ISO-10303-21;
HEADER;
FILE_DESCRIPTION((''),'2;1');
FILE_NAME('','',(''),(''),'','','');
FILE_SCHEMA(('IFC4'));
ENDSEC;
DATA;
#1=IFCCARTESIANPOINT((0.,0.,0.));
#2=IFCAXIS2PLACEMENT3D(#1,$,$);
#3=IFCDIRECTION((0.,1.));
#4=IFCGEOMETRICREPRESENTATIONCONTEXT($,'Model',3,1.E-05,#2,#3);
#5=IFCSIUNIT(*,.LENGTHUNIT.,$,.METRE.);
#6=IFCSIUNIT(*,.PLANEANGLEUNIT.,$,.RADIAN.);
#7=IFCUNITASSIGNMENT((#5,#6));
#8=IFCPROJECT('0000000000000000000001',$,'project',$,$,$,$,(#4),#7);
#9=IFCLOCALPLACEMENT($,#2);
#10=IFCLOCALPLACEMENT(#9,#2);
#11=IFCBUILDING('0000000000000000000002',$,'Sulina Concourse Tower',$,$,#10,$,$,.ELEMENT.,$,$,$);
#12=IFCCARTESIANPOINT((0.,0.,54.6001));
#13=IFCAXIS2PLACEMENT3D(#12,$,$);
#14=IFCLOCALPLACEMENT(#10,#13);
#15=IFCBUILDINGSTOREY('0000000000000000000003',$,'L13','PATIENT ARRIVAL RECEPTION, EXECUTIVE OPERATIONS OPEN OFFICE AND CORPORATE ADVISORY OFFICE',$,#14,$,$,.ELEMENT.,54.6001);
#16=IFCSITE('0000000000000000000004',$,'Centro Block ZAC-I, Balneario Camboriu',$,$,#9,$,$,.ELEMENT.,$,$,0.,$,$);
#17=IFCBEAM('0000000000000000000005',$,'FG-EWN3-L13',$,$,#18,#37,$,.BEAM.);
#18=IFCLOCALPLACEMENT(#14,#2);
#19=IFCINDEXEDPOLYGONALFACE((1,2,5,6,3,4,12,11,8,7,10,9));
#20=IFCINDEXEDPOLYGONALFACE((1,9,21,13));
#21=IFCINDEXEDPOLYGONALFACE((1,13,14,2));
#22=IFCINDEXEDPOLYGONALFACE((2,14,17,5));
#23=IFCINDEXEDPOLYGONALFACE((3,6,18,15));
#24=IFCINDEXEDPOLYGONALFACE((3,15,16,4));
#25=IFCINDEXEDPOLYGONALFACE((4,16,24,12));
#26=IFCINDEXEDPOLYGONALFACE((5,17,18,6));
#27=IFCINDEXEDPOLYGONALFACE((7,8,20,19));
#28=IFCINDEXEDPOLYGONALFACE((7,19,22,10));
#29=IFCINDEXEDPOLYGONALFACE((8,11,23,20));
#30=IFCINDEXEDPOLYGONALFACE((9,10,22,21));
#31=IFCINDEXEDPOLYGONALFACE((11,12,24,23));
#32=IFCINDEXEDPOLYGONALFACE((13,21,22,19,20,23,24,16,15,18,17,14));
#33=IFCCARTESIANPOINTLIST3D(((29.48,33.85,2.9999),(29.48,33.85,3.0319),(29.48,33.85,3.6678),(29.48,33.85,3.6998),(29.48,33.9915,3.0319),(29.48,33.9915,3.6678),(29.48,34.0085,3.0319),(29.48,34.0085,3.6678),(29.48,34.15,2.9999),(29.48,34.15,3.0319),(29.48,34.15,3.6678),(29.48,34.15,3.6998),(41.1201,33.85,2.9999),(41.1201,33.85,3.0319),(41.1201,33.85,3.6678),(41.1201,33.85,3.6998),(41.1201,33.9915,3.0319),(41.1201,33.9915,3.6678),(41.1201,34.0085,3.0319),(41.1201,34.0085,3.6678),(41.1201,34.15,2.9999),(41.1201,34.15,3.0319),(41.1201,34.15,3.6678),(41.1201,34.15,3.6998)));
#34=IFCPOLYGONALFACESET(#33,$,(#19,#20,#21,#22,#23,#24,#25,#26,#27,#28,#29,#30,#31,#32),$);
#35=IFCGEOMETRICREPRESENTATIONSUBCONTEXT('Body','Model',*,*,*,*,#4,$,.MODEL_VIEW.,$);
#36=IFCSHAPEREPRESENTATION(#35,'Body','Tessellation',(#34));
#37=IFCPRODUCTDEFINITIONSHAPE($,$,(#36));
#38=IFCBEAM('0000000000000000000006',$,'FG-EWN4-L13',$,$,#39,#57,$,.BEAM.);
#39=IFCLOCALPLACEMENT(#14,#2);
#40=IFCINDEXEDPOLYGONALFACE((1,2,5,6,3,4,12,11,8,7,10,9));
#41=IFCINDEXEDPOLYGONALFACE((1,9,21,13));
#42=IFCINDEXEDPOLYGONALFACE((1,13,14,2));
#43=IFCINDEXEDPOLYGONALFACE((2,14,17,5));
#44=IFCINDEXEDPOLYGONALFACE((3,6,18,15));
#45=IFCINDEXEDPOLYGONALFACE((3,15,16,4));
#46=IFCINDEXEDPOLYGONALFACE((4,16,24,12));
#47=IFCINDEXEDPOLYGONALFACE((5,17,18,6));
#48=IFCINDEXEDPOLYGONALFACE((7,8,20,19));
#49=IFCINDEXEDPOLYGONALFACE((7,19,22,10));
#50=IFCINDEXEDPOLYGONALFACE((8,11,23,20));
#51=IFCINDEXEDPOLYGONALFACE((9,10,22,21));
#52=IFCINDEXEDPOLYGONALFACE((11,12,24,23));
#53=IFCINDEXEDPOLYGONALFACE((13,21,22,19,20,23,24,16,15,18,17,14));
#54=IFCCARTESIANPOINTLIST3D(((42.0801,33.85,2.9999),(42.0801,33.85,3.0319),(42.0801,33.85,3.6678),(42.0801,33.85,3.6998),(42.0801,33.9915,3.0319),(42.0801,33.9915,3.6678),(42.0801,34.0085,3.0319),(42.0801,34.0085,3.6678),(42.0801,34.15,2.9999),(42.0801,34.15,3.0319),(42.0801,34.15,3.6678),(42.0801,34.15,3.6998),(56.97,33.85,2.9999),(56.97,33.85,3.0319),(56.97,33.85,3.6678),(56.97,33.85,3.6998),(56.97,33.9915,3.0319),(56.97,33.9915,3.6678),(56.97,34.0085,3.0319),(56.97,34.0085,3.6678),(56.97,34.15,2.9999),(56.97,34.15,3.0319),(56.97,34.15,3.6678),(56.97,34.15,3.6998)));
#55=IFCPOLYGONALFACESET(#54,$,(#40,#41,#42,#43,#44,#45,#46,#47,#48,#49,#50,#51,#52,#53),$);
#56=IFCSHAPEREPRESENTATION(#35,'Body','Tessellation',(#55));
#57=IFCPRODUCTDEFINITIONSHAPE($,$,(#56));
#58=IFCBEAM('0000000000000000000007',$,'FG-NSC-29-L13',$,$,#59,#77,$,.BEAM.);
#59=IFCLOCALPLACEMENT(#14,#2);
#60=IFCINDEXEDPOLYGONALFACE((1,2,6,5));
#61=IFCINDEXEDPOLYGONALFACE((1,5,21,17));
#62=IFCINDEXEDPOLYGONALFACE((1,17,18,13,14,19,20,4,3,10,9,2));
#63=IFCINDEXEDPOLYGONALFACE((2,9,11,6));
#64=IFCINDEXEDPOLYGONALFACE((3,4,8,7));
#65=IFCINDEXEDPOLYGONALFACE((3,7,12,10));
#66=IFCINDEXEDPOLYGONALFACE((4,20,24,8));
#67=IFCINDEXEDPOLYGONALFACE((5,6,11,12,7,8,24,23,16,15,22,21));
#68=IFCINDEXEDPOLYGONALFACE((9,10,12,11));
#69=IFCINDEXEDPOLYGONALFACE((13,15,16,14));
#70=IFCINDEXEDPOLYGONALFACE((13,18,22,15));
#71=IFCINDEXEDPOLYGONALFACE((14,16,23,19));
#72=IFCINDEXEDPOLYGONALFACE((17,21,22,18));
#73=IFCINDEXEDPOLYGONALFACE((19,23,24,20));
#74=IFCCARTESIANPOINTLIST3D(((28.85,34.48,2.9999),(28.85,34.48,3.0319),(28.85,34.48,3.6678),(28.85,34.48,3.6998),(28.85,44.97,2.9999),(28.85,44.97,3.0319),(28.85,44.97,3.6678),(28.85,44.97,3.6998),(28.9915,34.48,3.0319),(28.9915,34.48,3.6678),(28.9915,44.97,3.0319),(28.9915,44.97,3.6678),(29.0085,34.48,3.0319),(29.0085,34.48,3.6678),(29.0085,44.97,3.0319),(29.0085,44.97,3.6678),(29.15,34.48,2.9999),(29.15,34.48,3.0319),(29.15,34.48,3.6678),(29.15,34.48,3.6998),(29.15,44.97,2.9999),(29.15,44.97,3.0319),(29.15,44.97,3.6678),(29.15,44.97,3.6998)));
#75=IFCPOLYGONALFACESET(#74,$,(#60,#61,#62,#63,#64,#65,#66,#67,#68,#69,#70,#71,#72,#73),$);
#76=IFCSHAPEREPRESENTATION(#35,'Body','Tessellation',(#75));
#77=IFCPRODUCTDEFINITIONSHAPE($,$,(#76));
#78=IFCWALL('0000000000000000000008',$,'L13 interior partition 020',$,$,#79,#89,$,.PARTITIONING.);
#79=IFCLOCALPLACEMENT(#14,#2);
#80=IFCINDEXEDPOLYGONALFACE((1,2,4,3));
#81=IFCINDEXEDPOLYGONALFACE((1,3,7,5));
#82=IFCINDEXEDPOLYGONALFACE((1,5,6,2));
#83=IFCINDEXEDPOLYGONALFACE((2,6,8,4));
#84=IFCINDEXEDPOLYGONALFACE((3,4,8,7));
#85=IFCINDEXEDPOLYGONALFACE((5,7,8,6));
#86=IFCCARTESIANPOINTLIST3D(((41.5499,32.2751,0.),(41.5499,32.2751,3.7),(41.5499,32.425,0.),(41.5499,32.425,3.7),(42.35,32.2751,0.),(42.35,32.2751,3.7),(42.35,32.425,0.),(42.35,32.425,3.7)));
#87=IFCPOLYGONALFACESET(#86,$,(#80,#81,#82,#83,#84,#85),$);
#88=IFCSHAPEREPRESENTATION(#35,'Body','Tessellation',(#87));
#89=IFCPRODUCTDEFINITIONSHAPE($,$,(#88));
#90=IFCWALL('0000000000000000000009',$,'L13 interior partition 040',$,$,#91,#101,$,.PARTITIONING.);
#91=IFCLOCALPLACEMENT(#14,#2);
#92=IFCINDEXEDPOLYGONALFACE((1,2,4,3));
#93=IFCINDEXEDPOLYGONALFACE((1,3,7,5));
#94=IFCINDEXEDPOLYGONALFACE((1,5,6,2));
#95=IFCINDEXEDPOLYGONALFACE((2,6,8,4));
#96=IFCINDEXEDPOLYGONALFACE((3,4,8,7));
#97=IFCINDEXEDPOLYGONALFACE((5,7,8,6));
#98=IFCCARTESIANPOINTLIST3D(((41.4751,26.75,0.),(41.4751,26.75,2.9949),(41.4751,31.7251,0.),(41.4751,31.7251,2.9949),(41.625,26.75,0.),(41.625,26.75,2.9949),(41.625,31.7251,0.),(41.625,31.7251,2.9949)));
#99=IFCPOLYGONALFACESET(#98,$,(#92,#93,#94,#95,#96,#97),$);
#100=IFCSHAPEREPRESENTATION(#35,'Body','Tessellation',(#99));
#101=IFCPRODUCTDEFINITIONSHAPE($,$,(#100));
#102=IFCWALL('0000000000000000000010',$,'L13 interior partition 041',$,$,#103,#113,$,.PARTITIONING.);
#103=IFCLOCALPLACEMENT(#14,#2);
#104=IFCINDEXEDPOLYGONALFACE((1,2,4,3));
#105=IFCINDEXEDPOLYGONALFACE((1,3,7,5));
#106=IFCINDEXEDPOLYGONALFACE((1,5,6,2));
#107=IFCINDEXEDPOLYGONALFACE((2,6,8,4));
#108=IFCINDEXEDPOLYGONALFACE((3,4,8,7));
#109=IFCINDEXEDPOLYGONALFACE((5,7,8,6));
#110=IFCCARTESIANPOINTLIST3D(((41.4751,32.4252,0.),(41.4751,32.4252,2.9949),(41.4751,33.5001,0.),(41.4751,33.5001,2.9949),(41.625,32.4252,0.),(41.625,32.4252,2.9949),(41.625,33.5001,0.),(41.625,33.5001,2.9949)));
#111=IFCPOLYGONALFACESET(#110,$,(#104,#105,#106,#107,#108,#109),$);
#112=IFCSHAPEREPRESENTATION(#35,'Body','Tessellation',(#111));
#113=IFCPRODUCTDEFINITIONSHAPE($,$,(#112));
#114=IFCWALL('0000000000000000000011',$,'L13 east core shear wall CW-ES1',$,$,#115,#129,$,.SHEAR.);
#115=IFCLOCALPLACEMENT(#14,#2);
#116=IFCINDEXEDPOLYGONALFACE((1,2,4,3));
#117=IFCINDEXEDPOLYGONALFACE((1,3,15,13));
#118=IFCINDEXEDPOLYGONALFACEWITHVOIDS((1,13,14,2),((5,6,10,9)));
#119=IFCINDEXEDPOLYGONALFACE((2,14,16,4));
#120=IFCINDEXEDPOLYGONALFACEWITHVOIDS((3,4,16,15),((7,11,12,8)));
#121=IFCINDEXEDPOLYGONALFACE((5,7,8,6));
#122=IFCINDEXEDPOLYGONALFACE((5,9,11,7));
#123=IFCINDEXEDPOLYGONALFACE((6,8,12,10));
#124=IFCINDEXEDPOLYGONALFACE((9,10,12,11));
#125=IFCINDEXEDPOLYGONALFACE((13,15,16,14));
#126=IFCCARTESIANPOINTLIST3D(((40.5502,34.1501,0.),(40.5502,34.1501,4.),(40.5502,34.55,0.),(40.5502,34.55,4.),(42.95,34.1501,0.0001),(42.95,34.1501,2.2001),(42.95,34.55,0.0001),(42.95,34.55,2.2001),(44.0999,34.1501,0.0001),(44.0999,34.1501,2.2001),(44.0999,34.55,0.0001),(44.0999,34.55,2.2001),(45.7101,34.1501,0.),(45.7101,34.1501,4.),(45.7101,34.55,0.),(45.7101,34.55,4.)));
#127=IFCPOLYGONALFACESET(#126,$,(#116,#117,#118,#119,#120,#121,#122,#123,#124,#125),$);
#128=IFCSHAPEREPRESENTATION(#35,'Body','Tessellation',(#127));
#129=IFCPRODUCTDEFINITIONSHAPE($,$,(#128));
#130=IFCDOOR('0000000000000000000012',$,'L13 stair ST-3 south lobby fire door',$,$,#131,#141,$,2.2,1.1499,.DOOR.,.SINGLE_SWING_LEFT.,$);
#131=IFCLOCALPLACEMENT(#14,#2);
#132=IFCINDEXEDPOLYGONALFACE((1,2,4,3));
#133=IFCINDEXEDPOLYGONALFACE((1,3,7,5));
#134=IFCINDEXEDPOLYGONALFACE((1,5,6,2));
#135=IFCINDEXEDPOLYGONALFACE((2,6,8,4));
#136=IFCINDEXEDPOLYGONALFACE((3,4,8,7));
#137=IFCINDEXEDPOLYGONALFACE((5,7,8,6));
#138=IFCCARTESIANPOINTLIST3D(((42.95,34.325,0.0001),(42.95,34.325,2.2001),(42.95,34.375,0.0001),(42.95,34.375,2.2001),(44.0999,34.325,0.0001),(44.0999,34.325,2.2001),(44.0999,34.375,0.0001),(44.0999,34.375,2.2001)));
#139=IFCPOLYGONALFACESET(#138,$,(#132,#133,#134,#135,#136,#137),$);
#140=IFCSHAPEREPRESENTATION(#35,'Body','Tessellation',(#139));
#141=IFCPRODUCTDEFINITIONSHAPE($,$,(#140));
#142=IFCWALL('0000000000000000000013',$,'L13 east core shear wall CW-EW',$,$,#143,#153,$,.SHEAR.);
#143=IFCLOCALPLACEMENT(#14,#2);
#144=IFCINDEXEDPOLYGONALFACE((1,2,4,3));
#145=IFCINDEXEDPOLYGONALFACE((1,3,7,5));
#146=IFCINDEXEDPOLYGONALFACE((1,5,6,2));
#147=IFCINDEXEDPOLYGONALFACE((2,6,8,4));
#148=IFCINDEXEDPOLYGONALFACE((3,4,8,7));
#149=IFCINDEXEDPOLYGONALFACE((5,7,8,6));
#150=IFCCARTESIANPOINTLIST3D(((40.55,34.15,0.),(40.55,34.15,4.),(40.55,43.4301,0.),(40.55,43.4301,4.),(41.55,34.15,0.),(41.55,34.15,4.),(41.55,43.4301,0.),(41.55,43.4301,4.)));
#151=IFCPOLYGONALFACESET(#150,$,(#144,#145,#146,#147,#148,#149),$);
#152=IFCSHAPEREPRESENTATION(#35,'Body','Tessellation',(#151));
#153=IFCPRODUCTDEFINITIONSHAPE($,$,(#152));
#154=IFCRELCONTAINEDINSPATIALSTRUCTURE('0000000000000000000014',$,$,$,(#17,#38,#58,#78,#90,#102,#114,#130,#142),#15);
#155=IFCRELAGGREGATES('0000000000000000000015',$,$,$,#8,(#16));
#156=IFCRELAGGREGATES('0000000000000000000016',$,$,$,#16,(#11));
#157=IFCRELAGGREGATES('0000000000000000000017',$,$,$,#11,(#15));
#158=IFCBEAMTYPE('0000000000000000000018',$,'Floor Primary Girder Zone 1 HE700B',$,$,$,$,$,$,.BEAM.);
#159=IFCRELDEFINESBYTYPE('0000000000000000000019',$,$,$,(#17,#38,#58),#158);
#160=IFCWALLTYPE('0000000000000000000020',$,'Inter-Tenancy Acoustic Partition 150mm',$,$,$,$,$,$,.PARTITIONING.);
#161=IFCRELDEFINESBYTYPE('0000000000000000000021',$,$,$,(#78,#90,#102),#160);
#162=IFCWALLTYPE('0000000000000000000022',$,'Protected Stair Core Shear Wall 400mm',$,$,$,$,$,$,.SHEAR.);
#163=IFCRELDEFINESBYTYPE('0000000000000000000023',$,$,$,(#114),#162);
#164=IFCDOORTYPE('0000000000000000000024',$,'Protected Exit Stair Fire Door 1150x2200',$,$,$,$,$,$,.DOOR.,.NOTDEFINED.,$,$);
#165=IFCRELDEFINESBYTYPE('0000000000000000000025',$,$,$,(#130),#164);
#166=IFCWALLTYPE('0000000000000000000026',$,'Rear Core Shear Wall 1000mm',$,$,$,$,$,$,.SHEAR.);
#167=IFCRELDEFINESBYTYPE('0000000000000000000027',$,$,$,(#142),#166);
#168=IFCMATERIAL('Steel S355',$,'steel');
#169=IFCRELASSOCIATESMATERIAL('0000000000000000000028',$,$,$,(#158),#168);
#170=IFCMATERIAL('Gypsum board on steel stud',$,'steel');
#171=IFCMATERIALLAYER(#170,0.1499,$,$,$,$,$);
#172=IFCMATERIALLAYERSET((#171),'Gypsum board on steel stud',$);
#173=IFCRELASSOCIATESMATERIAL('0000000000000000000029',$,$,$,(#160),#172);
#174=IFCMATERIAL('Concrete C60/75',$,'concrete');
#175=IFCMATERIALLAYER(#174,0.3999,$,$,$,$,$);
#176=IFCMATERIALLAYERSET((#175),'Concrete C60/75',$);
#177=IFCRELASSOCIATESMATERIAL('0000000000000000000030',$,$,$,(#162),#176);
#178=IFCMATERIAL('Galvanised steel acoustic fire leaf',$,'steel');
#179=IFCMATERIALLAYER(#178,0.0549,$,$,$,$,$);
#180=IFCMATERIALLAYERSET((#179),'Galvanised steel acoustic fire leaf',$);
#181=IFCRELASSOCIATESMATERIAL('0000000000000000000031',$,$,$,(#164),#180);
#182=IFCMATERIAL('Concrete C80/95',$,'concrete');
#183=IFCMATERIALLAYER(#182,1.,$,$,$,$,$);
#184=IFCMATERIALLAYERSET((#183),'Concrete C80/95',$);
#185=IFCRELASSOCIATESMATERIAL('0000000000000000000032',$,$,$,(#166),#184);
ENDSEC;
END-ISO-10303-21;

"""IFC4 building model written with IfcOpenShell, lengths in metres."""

from ifc_helpers import new_model, si_unit, direction, frame, frame_2d, origin, origin_2d, place, context, subcontext, project, spatial, rectangle, i_section, extrude, material, layer, layer_set, material_profile, profile_set, type_object, element, fill, save


model = new_model("IFC4")

# Units and contexts
model_context = context("Model", 3, precision=1e-05, world=origin(), true_north=direction((0.0, 1.0)))
body_context = subcontext(model_context, "Body", "Model", "MODEL_VIEW")
ifc_project = project(units=[si_unit("LENGTHUNIT", "METRE"), si_unit("PLANEANGLEUNIT", "RADIAN")], contexts=[model_context])

# Site, building, storey
site_placement = place(None, origin())
site = spatial("IfcSite", under=ifc_project, at=site_placement, Name="Centro Block ZAC-I, Balneario Camboriu", CompositionType="ELEMENT", RefElevation=0.0)
building_placement = place(site_placement, origin())
building = spatial("IfcBuilding", under=site, at=building_placement, Name="Sulina Concourse Tower", CompositionType="ELEMENT")
storey_placement = place(building_placement, frame((0.0, 0.0, 54.6001)))
storey = spatial("IfcBuildingStorey", under=building, at=storey_placement, Name="L13", Description="PATIENT ARRIVAL RECEPTION, EXECUTIVE OPERATIONS OPEN OFFICE AND CORPORATE ADVISORY OFFICE", CompositionType="ELEMENT", Elevation=54.6001)

# Beams
ifc_material_1 = material(Name="Steel S355", Category="steel")
ifc_material_profile_1 = material_profile(ifc_material_1, i_section(OverallWidth=0.3, OverallDepth=0.7, WebThickness=0.0171, FlangeThickness=0.032, at=origin_2d()), Name="HE 700 B")
ifc_profile_set_1 = profile_set([ifc_material_profile_1], Name="Steel S355")
beam_type_1 = type_object("IfcBeamType", Name="Floor Primary Girder Zone 1 HE700B", PredefinedType="BEAM", material=ifc_profile_set_1)
beam_1_placement = place(storey_placement, frame((29.48, 34.0, 3.3499), z_axis=(1.0, 0.0, 0.0), x_axis=(0.0, 1.0, 0.0)))
element("IfcBeam", 1, at=beam_1_placement, inside=storey, type_object=beam_type_1, Name="FG-EWN3-L13", PredefinedType="BEAM", context=body_context, shape_type="SweptSolid", body=[
    extrude(i_section(OverallWidth=0.3, OverallDepth=0.7, WebThickness=0.0171, FlangeThickness=0.032, at=origin_2d()), origin(), (0.0, 0.0, 1.0), 11.6401),
])
beam_2_placement = place(storey_placement, frame((42.0801, 34.0, 3.3499), z_axis=(1.0, 0.0, 0.0), x_axis=(0.0, 1.0, 0.0)))
element("IfcBeam", 2, at=beam_2_placement, inside=storey, type_object=beam_type_1, Name="FG-EWN4-L13", PredefinedType="BEAM", context=body_context, shape_type="SweptSolid", body=[
    extrude(i_section(OverallWidth=0.3, OverallDepth=0.7, WebThickness=0.0171, FlangeThickness=0.032, at=origin_2d()), origin(), (0.0, 0.0, 1.0), 14.8899),
])
beam_3_placement = place(storey_placement, frame((29.0, 34.48, 3.3499), z_axis=(0.0, 1.0, 0.0), x_axis=(-1.0, 0.0, 0.0)))
element("IfcBeam", 3, at=beam_3_placement, inside=storey, type_object=beam_type_1, Name="FG-NSC-29-L13", PredefinedType="BEAM", context=body_context, shape_type="SweptSolid", body=[
    extrude(i_section(OverallWidth=0.3, OverallDepth=0.7, WebThickness=0.0171, FlangeThickness=0.032, at=origin_2d()), origin(), (0.0, 0.0, 1.0), 10.49),
])

# Walls
ifc_material_2 = material(Name="Gypsum board on steel stud", Category="steel")
ifc_layer_1 = layer(ifc_material_2, 0.1499)
ifc_layer_set_1 = layer_set([ifc_layer_1], Name="Gypsum board on steel stud")
wall_type_1 = type_object("IfcWallType", Name="Inter-Tenancy Acoustic Partition 150mm", PredefinedType="PARTITIONING", material=ifc_layer_set_1)
wall_1_placement = place(storey_placement, frame((41.55, 32.3501, 0.0), z_axis=(0.0, 0.0, 1.0), x_axis=(1.0, 0.0, 0.0)))
element("IfcWall", 4, at=wall_1_placement, inside=storey, type_object=wall_type_1, Name="L13 interior partition 020", PredefinedType="PARTITIONING", context=body_context, shape_type="SweptSolid", body=[
    extrude(rectangle(XDim=0.8, YDim=0.1499, at=frame_2d((0.3999, 0.0))), origin(), (0.0, 0.0, 1.0), 3.7),
])
wall_2_placement = place(storey_placement, frame((41.55, 26.75, 0.0), z_axis=(0.0, 0.0, 1.0), x_axis=(0.0, 1.0, 0.0)))
element("IfcWall", 5, at=wall_2_placement, inside=storey, type_object=wall_type_1, Name="L13 interior partition 040", PredefinedType="PARTITIONING", context=body_context, shape_type="SweptSolid", body=[
    extrude(rectangle(XDim=4.9751, YDim=0.1499, at=frame_2d((2.4875, 0.0))), origin(), (0.0, 0.0, 1.0), 2.9949),
])
wall_3_placement = place(storey_placement, frame((41.55, 32.425, 0.0), z_axis=(0.0, 0.0, 1.0), x_axis=(0.0, 1.0, 0.0)))
element("IfcWall", 6, at=wall_3_placement, inside=storey, type_object=wall_type_1, Name="L13 interior partition 041", PredefinedType="PARTITIONING", context=body_context, shape_type="SweptSolid", body=[
    extrude(rectangle(XDim=1.075, YDim=0.1499, at=frame_2d((0.5376, 0.0))), origin(), (0.0, 0.0, 1.0), 2.9949),
])

# Wall, opening, door
ifc_material_3 = material(Name="Concrete C60/75", Category="concrete")
ifc_layer_2 = layer(ifc_material_3, 0.3999)
ifc_layer_set_2 = layer_set([ifc_layer_2], Name="Concrete C60/75")
wall_type_2 = type_object("IfcWallType", Name="Protected Stair Core Shear Wall 400mm", PredefinedType="SHEAR", material=ifc_layer_set_2)
wall_4_placement = place(storey_placement, frame((40.55, 34.3501, 0.0), z_axis=(0.0, 0.0, 1.0), x_axis=(1.0, 0.0, 0.0)))
wall_4 = element("IfcWall", 7, at=wall_4_placement, inside=storey, type_object=wall_type_2, Name="L13 east core shear wall CW-ES1", PredefinedType="SHEAR", context=body_context, shape_type="SweptSolid", body=[
    extrude(rectangle(XDim=5.1599, YDim=0.3999, at=frame_2d((2.5801, 0.0))), origin(), (0.0, 0.0, 1.0), 4.0),
])
opening_placement = place(wall_4_placement, frame((2.3999, 0.0, 0.0)))
opening = element("IfcOpeningElement", 8, at=opening_placement, cuts=wall_4, PredefinedType="OPENING", context=body_context, shape_type="SweptSolid", body=[
    extrude(rectangle(XDim=1.1499, YDim=2.2, at=frame_2d((0.575, 1.1001))), frame((0.0, 0.21, 0.0), z_axis=(0.0, -1.0, 0.0), x_axis=(1.0, 0.0, 0.0)), (0.0, 0.0, 1.0), 0.4199),
])
ifc_material_4 = material(Name="Galvanised steel acoustic fire leaf", Category="steel")
ifc_layer_3 = layer(ifc_material_4, 0.0549)
ifc_layer_set_3 = layer_set([ifc_layer_3], Name="Galvanised steel acoustic fire leaf")
door_type = type_object("IfcDoorType", Name="Protected Exit Stair Fire Door 1150x2200", OperationType="NOTDEFINED", PredefinedType="DOOR", material=ifc_layer_set_3)
door_placement = place(opening_placement, origin())
door = element("IfcDoor", 9, at=door_placement, inside=storey, type_object=door_type, Name="L13 stair ST-3 south lobby fire door", OperationType="SINGLE_SWING_LEFT", OverallHeight=2.2, OverallWidth=1.1499, PredefinedType="DOOR", context=body_context, shape_type="SweptSolid", body=[
    extrude(rectangle(XDim=1.1499, YDim=2.2, at=frame_2d((0.575, 1.1001))), frame((0.0, 0.0249, 0.0), z_axis=(0.0, -1.0, 0.0), x_axis=(1.0, 0.0, 0.0)), (0.0, 0.0, 1.0), 0.05),
])
fill(opening, door)

# Wall
ifc_material_5 = material(Name="Concrete C80/95", Category="concrete")
ifc_layer_4 = layer(ifc_material_5, 1.0)
ifc_layer_set_4 = layer_set([ifc_layer_4], Name="Concrete C80/95")
wall_type_3 = type_object("IfcWallType", Name="Rear Core Shear Wall 1000mm", PredefinedType="SHEAR", material=ifc_layer_set_4)
wall_5_placement = place(storey_placement, frame((41.05, 34.1499, 0.0), z_axis=(0.0, 0.0, 1.0), x_axis=(0.0, 1.0, 0.0)))
element("IfcWall", 10, at=wall_5_placement, inside=storey, type_object=wall_type_3, Name="L13 east core shear wall CW-EW", PredefinedType="SHEAR", context=body_context, shape_type="SweptSolid", body=[
    extrude(rectangle(XDim=9.28, YDim=1.0, at=frame_2d((4.6401, 0.0))), origin(), (0.0, 0.0, 1.0), 4.0),
])

save(model, "model.ifc")
